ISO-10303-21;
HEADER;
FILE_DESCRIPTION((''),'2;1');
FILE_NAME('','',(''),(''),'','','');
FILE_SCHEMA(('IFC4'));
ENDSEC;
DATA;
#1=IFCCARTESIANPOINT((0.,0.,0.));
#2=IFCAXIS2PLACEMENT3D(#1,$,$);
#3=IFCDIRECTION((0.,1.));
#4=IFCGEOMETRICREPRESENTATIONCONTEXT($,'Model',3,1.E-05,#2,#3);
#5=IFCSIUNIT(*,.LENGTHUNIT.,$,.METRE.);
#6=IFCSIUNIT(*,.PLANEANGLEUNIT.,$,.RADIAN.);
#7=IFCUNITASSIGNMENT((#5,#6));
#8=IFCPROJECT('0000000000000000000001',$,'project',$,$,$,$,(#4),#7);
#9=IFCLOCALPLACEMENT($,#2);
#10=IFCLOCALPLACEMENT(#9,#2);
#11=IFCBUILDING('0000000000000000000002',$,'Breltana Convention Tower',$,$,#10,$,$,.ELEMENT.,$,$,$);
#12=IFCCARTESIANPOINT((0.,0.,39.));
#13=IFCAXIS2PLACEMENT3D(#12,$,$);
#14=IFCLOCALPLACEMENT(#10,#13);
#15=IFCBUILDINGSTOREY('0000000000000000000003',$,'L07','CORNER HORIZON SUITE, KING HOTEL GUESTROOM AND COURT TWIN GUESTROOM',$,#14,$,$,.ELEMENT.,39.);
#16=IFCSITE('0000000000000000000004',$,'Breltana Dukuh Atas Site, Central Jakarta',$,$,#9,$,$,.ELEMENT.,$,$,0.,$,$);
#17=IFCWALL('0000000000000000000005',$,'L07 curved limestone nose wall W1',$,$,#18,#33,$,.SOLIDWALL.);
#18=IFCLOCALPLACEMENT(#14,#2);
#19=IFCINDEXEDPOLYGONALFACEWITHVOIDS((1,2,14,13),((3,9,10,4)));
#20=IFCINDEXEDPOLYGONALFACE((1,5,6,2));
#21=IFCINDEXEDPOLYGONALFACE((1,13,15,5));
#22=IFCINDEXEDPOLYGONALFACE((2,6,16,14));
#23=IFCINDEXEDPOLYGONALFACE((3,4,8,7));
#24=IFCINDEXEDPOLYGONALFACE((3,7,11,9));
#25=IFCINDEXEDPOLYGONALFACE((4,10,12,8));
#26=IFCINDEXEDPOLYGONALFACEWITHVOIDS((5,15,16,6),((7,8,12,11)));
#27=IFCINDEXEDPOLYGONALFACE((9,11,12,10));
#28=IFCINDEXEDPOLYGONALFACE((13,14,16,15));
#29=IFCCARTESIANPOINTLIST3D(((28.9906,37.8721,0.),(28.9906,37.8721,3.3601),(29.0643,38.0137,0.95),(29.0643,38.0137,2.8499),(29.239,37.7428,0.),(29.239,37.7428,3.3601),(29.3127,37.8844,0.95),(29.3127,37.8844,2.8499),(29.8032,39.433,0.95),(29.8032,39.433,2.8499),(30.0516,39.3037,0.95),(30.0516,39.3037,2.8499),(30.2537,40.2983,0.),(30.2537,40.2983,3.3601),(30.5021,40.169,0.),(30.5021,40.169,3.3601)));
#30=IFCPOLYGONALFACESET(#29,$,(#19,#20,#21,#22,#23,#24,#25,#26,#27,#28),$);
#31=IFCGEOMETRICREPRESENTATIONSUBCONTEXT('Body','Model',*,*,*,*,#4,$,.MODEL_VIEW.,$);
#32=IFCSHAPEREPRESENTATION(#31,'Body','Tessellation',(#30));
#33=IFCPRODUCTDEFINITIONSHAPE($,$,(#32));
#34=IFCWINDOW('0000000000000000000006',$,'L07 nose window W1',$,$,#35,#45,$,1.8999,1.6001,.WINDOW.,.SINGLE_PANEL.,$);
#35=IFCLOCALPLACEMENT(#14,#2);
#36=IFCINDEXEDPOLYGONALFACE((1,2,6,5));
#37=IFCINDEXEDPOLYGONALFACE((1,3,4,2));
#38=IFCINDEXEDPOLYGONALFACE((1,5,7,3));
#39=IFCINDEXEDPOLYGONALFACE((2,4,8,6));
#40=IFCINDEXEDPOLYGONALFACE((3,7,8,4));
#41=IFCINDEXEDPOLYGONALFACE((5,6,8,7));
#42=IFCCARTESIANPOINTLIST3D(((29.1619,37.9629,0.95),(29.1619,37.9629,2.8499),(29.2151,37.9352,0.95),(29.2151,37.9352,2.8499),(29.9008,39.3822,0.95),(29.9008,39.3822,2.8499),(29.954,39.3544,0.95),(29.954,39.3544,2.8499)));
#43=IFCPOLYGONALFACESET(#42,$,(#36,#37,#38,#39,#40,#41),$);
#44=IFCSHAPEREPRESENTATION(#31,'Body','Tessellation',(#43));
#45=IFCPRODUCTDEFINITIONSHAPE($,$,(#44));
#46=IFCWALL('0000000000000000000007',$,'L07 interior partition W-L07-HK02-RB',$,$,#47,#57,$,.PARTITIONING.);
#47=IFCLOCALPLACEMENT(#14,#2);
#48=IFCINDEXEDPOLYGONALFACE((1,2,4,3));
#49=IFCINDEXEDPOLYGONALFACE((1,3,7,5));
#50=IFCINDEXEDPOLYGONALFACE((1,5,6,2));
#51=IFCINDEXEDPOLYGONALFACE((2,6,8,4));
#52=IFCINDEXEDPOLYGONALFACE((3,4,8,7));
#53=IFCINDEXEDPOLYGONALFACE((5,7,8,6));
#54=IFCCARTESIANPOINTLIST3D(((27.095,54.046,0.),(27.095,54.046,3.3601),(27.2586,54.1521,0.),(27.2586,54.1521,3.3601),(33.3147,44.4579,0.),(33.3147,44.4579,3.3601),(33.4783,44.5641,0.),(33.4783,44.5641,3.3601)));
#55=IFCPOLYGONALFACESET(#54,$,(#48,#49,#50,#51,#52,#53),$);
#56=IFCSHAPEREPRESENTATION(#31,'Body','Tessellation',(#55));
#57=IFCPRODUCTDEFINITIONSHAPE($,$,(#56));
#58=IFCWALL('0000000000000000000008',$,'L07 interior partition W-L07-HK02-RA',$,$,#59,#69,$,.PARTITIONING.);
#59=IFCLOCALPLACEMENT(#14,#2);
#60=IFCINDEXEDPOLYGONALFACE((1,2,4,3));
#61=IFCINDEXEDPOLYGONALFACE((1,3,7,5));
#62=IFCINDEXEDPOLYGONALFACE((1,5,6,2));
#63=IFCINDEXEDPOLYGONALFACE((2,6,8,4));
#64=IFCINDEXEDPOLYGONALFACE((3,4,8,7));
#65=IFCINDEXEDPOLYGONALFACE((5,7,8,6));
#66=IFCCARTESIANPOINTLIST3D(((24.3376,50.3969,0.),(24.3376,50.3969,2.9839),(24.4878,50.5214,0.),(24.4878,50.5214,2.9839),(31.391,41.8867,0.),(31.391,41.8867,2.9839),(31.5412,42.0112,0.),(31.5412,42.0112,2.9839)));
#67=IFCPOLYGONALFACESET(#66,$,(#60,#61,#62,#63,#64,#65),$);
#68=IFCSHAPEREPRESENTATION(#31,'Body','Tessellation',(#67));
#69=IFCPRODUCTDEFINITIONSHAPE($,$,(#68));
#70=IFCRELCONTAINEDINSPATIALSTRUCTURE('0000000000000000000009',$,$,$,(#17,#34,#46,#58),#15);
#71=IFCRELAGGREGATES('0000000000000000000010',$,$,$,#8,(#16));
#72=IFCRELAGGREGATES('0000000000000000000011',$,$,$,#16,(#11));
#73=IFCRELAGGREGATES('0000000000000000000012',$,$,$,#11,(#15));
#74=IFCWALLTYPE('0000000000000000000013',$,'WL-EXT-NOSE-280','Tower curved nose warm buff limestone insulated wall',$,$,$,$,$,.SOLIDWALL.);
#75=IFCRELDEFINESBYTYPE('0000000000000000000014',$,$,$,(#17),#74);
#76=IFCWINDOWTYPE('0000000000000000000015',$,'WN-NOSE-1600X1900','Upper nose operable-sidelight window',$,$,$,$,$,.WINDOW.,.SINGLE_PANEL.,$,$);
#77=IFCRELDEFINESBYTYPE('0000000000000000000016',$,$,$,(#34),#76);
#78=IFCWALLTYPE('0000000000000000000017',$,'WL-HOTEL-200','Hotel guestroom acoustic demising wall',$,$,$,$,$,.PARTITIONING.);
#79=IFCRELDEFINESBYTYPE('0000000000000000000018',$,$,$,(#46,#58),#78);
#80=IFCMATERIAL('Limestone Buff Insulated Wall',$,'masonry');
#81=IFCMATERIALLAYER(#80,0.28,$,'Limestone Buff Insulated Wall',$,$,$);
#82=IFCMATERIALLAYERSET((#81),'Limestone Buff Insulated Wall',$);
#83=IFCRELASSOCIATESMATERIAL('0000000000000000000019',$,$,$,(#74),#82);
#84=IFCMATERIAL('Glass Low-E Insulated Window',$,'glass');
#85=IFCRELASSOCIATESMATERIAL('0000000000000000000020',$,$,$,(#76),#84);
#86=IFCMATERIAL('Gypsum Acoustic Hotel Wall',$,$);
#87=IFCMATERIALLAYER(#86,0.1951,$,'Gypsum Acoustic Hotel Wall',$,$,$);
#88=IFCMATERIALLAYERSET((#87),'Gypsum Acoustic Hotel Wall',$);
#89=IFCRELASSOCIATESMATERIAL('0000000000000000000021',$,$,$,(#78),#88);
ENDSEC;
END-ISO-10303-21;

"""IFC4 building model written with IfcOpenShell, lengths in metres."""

from ifc_helpers import new_model, si_unit, direction, frame, frame_2d, origin, place, context, subcontext, project, spatial, rectangle, extrude, source, transform, mapped, material, layer, layer_set, type_object, type_shapes, element, fill, save


model = new_model("IFC4")

# Units and contexts
model_context = context("Model", 3, precision=1e-05, world=origin(), true_north=direction((0.0, 1.0)))
body_context = subcontext(model_context, "Body", "Model", "MODEL_VIEW")
ifc_project = project(units=[si_unit("LENGTHUNIT", "METRE"), si_unit("PLANEANGLEUNIT", "RADIAN")], contexts=[model_context])

# Site, building, storey
site_placement = place(None, origin())
site = spatial("IfcSite", under=ifc_project, at=site_placement, Name="Breltana Dukuh Atas Site, Central Jakarta", CompositionType="ELEMENT", RefElevation=0.0)
building_placement = place(site_placement, origin())
building = spatial("IfcBuilding", under=site, at=building_placement, Name="Breltana Convention Tower", CompositionType="ELEMENT")
storey_placement = place(building_placement, frame((0.0, 0.0, 39.0)))
storey = spatial("IfcBuildingStorey", under=building, at=storey_placement, Name="L07", Description="CORNER HORIZON SUITE, KING HOTEL GUESTROOM AND COURT TWIN GUESTROOM", CompositionType="ELEMENT", Elevation=39.0)

# Wall, opening, window
ifc_material_1 = material(Name="Limestone Buff Insulated Wall", Category="masonry")
ifc_layer_1 = layer(ifc_material_1, 0.28, Name="Limestone Buff Insulated Wall")
ifc_layer_set_1 = layer_set([ifc_layer_1], Name="Limestone Buff Insulated Wall")
wall_type_1 = type_object("IfcWallType", Name="WL-EXT-NOSE-280", Description="Tower curved nose warm buff limestone insulated wall", PredefinedType="SOLIDWALL", material=ifc_layer_set_1)
ifc_material_2 = material(Name="Glass Low-E Insulated Window", Category="glass")
window_type = type_object("IfcWindowType", Name="WN-NOSE-1600X1900", Description="Upper nose operable-sidelight window", PartitioningType="SINGLE_PANEL", PredefinedType="WINDOW", material=ifc_material_2)
shared_shape_1 = source(origin(), body_context, "Body", "SweptSolid", [
    extrude(rectangle(XDim=1.6001, YDim=1.8999, at=frame_2d((0.8, 0.95))), frame((0.0, 0.03, 0.0), z_axis=(0.0, -1.0, 0.0), x_axis=(1.0, 0.0, 0.0)), (0.0, 0.0, 1.0), 0.0601),
])
type_shapes(window_type, [shared_shape_1])
shared_shape_2 = source(origin(), body_context, "Body", "SweptSolid", [
    extrude(rectangle(XDim=2.7354, YDim=0.28, at=frame_2d((1.3677, 0.0))), origin(), (0.0, 0.0, 1.0), 3.3601),
])
wall_1_placement = place(storey_placement, frame((30.3779, 40.2336, 0.0), z_axis=(0.0, 0.0, 1.0), x_axis=(-0.461791, -0.886989, 0.0)))
wall_1 = element("IfcWall", 1, at=wall_1_placement, inside=storey, type_object=wall_type_1, Name="L07 curved limestone nose wall W1", PredefinedType="SOLIDWALL", context=body_context, shape_type="MappedRepresentation", body=[
    mapped(shared_shape_2, transform((0.0, 0.0, 0.0), scale=1.0)),
])
opening_1_placement = place(wall_1_placement, frame((0.9756, 0.0, 0.95)))
opening_1 = element("IfcOpeningElement", 2, at=opening_1_placement, cuts=wall_1, PredefinedType="OPENING", context=body_context, shape_type="SweptSolid", body=[
    extrude(rectangle(XDim=1.6001, YDim=1.8999, at=frame_2d((0.8, 0.95))), frame((0.0, 0.1499, 0.0), z_axis=(0.0, -1.0, 0.0), x_axis=(1.0, 0.0, 0.0)), (0.0, 0.0, 1.0), 0.3),
])
window_1_placement = place(opening_1_placement, origin())
window_1 = element("IfcWindow", 3, at=window_1_placement, inside=storey, type_object=window_type, Name="L07 nose window W1", OverallHeight=1.8999, OverallWidth=1.6001, PartitioningType="SINGLE_PANEL", PredefinedType="WINDOW", context=body_context, shape_type="MappedRepresentation", body=[
    mapped(shared_shape_1, transform((0.0, 0.0, 0.0), scale=1.0)),
])
fill(opening_1, window_1)

# Walls
ifc_material_3 = material(Name="Gypsum Acoustic Hotel Wall")
ifc_layer_2 = layer(ifc_material_3, 0.1951, Name="Gypsum Acoustic Hotel Wall")
ifc_layer_set_2 = layer_set([ifc_layer_2], Name="Gypsum Acoustic Hotel Wall")
wall_type_2 = type_object("IfcWallType", Name="WL-HOTEL-200", Description="Hotel guestroom acoustic demising wall", PredefinedType="PARTITIONING", material=ifc_layer_set_2)
shared_shape_3 = source(origin(), body_context, "Body", "SweptSolid", [
    extrude(rectangle(XDim=11.4287, YDim=0.1951, at=frame_2d((5.7144, 0.0))), origin(), (0.0, 0.0, 1.0), 3.3601),
])
wall_2_placement = place(storey_placement, frame((33.3965, 44.511, 0.0), z_axis=(0.0, 0.0, 1.0), x_axis=(-0.544215, 0.838945, 0.0)))
element("IfcWall", 4, at=wall_2_placement, inside=storey, type_object=wall_type_2, Name="L07 interior partition W-L07-HK02-RB", PredefinedType="PARTITIONING", context=body_context, shape_type="MappedRepresentation", body=[
    mapped(shared_shape_3, transform((0.0, 0.0, 0.0), scale=1.0)),
])
shared_shape_4 = source(origin(), body_context, "Body", "SweptSolid", [
    extrude(rectangle(XDim=11.0532, YDim=0.1951, at=frame_2d((5.5266, 0.0))), origin(), (0.0, 0.0, 1.0), 2.9839),
])
wall_3_placement = place(storey_placement, frame((31.4661, 41.949, 0.0), z_axis=(0.0, 0.0, 1.0), x_axis=(-0.638131, 0.769928, 0.0)))
element("IfcWall", 5, at=wall_3_placement, inside=storey, type_object=wall_type_2, Name="L07 interior partition W-L07-HK02-RA", PredefinedType="PARTITIONING", context=body_context, shape_type="MappedRepresentation", body=[
    mapped(shared_shape_4, transform((0.0, 0.0, 0.0), scale=1.0)),
])

save(model, "model.ifc")
